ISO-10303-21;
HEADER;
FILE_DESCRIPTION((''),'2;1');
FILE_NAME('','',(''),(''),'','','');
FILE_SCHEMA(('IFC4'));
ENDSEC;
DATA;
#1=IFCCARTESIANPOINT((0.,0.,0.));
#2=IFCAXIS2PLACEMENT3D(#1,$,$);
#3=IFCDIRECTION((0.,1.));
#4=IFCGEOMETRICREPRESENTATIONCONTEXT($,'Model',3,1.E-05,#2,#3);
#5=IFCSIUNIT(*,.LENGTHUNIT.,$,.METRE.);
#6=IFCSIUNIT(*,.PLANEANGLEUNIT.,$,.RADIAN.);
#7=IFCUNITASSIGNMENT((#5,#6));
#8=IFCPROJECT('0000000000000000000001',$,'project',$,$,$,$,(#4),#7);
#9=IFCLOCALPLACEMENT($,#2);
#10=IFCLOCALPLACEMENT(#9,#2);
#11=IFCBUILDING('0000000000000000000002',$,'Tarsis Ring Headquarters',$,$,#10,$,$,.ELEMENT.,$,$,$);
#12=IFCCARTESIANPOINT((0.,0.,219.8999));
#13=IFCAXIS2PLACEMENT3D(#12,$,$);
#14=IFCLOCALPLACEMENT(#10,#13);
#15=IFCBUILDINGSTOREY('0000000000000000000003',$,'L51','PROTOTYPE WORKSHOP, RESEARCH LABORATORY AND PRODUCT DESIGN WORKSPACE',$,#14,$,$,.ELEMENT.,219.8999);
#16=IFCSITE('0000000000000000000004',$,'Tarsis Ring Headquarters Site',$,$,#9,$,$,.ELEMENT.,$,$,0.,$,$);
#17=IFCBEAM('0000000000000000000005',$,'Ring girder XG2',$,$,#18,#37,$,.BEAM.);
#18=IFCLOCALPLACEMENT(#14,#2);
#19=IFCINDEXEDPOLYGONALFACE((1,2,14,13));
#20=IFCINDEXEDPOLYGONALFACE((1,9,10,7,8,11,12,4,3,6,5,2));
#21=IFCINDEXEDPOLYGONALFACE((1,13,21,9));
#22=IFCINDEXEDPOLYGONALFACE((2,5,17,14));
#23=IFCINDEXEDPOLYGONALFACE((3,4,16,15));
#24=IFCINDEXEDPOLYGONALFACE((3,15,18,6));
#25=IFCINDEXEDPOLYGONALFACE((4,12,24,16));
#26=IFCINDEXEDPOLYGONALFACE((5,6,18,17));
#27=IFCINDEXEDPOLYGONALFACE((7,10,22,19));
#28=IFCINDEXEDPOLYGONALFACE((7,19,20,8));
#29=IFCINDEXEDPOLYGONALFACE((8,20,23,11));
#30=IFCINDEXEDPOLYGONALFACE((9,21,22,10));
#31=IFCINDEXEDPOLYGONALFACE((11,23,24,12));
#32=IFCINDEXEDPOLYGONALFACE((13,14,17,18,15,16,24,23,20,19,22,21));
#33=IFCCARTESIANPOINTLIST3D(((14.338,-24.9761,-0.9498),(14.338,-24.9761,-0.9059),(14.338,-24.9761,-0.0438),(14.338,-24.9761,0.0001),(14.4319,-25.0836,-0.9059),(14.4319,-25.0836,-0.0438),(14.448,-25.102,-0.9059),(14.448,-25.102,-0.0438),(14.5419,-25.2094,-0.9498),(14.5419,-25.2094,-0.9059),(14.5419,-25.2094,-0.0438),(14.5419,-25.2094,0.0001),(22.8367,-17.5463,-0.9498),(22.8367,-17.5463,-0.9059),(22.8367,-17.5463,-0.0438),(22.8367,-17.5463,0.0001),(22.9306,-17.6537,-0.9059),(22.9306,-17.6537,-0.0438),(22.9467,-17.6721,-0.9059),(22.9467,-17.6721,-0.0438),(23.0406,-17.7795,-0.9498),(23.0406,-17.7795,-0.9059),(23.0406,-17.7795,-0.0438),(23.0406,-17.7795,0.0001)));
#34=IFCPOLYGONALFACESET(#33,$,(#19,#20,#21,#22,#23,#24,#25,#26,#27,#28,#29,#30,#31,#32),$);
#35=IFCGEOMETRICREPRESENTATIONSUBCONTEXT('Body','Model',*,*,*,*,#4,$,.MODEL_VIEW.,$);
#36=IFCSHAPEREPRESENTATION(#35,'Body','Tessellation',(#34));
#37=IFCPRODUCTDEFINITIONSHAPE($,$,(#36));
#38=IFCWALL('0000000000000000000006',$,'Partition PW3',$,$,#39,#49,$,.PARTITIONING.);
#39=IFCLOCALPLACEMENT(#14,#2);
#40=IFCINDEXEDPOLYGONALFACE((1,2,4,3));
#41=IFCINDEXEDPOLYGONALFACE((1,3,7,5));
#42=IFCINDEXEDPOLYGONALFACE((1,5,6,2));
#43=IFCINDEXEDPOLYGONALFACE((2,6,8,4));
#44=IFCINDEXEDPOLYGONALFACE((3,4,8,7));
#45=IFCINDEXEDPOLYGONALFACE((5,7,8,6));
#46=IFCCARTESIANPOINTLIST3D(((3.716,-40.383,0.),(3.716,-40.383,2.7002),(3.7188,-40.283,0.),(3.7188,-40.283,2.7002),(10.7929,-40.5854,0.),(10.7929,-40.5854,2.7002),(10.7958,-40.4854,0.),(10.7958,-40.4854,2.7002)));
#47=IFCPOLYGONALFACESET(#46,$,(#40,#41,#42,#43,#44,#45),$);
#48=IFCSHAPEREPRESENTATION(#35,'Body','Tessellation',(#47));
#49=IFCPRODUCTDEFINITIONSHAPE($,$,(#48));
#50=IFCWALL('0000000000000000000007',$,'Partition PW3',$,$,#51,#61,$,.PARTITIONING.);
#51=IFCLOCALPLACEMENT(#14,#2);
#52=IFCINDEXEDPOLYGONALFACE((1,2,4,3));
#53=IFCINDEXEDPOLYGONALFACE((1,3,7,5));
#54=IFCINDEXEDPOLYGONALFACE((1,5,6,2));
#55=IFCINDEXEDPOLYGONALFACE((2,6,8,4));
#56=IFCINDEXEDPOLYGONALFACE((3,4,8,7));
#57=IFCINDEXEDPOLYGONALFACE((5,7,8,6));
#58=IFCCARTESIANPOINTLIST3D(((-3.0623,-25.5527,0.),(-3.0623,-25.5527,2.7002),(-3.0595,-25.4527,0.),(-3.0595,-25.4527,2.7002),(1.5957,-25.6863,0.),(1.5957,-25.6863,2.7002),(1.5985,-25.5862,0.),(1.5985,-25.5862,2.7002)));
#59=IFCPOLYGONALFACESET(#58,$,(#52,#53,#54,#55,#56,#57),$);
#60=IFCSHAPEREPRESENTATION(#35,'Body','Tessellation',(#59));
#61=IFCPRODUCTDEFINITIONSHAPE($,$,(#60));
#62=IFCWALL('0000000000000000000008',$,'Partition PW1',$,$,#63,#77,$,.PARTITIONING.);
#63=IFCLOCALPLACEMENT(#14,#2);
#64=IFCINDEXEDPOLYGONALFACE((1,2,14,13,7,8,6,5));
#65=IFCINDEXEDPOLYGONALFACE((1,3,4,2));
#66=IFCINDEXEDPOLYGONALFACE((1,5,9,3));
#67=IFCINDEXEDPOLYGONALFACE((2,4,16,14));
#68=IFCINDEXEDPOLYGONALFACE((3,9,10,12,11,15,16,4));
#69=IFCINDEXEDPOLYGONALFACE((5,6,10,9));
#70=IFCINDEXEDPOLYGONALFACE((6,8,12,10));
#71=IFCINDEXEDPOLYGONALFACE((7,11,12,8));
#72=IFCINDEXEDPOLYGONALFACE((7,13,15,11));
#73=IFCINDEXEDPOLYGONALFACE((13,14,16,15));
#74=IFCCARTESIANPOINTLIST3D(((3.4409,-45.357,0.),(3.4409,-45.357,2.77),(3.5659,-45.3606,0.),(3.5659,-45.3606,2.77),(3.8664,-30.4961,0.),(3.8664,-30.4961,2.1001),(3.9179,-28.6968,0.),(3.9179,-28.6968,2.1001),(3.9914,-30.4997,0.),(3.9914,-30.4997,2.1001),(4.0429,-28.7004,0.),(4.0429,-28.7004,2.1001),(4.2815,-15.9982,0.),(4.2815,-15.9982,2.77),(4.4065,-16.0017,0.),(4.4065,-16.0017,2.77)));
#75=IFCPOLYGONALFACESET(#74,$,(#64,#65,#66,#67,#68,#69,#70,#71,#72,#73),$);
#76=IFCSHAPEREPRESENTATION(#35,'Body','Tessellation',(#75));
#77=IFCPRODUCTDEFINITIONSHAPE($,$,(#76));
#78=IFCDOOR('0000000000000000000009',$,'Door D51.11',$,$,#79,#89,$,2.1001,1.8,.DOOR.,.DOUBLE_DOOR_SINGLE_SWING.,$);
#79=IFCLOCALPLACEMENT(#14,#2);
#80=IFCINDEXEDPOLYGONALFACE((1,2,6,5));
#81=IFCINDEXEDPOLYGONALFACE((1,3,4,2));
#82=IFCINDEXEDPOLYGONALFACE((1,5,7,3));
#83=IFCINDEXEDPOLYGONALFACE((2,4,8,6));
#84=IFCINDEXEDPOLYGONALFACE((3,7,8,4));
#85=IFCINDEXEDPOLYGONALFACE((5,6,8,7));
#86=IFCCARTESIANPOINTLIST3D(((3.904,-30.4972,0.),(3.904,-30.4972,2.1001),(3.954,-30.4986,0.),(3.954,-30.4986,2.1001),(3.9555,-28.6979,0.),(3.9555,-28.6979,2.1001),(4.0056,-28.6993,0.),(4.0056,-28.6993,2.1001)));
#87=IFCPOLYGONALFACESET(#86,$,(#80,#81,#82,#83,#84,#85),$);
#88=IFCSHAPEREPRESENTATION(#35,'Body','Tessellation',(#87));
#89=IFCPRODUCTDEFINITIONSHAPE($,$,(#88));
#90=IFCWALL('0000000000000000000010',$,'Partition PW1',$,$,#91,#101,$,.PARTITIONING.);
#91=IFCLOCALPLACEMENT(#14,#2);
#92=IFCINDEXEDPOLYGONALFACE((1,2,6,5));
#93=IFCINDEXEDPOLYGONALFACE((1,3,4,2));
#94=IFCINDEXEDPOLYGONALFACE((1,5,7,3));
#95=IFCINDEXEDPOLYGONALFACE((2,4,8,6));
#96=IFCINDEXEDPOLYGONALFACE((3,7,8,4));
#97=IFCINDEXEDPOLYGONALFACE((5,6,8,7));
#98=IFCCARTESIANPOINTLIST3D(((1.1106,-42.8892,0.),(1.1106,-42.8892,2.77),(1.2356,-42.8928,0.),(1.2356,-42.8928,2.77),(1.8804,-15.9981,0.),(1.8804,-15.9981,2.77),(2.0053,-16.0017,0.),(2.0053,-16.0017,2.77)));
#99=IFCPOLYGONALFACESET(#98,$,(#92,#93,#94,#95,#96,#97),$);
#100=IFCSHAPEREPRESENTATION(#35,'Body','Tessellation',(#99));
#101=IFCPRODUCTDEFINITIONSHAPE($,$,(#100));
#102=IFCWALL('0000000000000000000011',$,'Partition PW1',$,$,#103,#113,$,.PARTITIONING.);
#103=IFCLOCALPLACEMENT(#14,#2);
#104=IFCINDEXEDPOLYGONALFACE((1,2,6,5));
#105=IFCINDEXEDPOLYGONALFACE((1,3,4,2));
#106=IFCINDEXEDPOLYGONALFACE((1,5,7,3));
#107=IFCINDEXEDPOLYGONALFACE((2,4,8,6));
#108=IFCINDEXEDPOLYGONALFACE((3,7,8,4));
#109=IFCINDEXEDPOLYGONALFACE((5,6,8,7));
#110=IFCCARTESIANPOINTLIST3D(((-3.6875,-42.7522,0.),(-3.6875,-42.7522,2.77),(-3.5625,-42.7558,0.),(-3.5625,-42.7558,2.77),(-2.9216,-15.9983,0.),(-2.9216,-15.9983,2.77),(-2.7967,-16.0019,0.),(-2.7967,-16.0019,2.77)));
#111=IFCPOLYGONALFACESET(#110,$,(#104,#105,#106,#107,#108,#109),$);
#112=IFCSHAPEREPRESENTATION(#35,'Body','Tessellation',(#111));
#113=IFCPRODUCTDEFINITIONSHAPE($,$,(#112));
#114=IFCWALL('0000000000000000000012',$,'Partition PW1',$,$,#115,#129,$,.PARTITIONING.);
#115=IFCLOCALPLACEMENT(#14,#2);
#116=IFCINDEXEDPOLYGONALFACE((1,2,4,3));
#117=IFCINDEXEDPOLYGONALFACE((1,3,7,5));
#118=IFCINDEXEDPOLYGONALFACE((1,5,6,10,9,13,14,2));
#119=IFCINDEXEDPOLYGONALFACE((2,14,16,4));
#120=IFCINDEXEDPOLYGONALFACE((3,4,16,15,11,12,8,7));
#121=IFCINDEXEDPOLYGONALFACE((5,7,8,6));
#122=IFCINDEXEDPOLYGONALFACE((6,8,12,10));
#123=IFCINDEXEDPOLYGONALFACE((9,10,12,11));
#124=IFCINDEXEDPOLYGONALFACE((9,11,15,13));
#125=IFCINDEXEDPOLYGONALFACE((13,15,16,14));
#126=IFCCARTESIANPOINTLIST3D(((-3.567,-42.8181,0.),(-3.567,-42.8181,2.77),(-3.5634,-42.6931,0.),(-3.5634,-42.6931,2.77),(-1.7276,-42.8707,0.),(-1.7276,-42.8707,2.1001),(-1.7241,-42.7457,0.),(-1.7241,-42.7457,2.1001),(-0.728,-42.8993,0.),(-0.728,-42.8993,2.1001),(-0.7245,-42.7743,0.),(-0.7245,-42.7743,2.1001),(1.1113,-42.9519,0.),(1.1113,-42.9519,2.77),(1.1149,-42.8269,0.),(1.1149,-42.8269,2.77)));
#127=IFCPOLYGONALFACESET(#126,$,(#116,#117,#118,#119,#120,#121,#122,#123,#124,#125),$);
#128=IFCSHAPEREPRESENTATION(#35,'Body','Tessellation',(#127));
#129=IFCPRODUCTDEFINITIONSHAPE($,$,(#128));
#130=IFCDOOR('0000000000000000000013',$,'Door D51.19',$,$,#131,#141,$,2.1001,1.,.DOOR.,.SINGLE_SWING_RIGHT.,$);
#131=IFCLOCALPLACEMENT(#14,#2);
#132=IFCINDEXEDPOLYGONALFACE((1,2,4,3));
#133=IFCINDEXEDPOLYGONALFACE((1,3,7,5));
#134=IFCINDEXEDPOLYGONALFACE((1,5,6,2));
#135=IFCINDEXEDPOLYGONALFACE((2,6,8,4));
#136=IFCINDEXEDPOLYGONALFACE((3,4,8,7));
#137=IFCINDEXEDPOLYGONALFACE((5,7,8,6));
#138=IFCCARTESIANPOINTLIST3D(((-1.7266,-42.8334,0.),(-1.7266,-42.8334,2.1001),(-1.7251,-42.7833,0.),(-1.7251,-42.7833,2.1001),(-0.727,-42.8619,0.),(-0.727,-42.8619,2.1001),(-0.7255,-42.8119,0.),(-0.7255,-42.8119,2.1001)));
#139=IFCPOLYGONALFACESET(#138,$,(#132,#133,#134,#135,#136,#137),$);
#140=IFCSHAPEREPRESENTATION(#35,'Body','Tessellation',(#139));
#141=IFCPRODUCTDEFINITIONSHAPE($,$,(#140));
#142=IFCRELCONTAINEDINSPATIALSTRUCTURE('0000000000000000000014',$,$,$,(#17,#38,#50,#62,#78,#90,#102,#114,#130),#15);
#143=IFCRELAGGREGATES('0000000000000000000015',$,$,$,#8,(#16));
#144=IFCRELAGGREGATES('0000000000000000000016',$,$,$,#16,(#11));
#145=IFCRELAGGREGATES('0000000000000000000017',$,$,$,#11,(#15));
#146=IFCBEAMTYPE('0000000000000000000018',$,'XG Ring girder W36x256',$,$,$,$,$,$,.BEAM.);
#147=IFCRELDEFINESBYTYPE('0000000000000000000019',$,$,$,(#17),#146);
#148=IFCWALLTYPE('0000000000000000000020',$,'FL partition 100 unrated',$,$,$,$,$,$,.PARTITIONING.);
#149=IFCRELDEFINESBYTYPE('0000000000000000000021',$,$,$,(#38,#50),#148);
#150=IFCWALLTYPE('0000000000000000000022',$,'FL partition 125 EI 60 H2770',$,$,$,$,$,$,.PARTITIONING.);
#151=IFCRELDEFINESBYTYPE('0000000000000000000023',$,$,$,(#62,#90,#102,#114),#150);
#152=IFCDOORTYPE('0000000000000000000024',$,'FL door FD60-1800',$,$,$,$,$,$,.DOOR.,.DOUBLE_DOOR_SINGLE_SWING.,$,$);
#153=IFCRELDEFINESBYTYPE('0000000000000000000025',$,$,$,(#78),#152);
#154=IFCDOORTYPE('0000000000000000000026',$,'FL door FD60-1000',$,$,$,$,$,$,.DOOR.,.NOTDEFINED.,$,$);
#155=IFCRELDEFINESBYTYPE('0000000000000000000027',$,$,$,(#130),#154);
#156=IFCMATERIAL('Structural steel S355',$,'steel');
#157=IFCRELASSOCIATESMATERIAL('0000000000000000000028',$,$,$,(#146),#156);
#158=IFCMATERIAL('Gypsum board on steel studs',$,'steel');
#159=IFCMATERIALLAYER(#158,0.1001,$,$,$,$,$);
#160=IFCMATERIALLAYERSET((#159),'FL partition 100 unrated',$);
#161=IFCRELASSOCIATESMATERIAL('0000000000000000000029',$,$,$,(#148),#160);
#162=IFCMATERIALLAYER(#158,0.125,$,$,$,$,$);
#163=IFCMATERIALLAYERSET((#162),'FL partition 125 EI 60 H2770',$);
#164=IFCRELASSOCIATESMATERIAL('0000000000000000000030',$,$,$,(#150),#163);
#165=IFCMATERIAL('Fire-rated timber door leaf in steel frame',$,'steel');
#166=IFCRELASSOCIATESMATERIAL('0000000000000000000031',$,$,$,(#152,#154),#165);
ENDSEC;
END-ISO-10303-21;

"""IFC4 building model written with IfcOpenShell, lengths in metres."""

from ifc_helpers import new_model, si_unit, direction, frame, frame_2d, origin, origin_2d, place, context, subcontext, project, spatial, rectangle, i_section, extrude, material, layer, layer_set, material_profile, profile_set, type_object, element, fill, save


model = new_model("IFC4")

# Units and contexts
model_context = context("Model", 3, precision=1e-05, world=origin(), true_north=direction((0.0, 1.0)))
body_context = subcontext(model_context, "Body", "Model", "MODEL_VIEW")
ifc_project = project(units=[si_unit("LENGTHUNIT", "METRE"), si_unit("PLANEANGLEUNIT", "RADIAN")], contexts=[model_context])

# Site, building, storey
site_placement = place(None, origin())
site = spatial("IfcSite", under=ifc_project, at=site_placement, Name="Tarsis Ring Headquarters Site", CompositionType="ELEMENT", RefElevation=0.0)
building_placement = place(site_placement, origin())
building = spatial("IfcBuilding", under=site, at=building_placement, Name="Tarsis Ring Headquarters", CompositionType="ELEMENT")
storey_placement = place(building_placement, frame((0.0, 0.0, 219.8999)))
storey = spatial("IfcBuildingStorey", under=building, at=storey_placement, Name="L51", Description="PROTOTYPE WORKSHOP, RESEARCH LABORATORY AND PRODUCT DESIGN WORKSPACE", CompositionType="ELEMENT", Elevation=219.8999)

# Shared definitions
ifc_material_1 = material(Name="Structural steel S355", Category="steel")

# Beam
ifc_material_profile_1 = material_profile(ifc_material_1, i_section(OverallWidth=0.3098, OverallDepth=0.95, WebThickness=0.0244, FlangeThickness=0.0439, at=origin_2d()), Name="W36x256")
ifc_profile_set_1 = profile_set([ifc_material_profile_1], Name="Structural steel S355")
beam_type = type_object("IfcBeamType", Name="XG Ring girder W36x256", PredefinedType="BEAM", material=ifc_profile_set_1)
beam_1_placement = place(storey_placement, frame((14.4399, -25.0928, -0.4749), z_axis=(0.752862, 0.658178, 0.0), x_axis=(-0.658178, 0.752862, 0.0)))
element("IfcBeam", 1, at=beam_1_placement, inside=storey, type_object=beam_type, Name="Ring girder XG2", PredefinedType="BEAM", context=body_context, shape_type="SweptSolid", body=[
    extrude(i_section(OverallWidth=0.3098, OverallDepth=0.95, WebThickness=0.0244, FlangeThickness=0.0439, at=origin_2d()), origin(), (0.0, 0.0, 1.0), 11.2886),
])

# Walls
ifc_material_2 = material(Name="Gypsum board on steel studs", Category="steel")
ifc_layer_1 = layer(ifc_material_2, 0.1001)
ifc_layer_set_1 = layer_set([ifc_layer_1], Name="FL partition 100 unrated")
wall_type_1 = type_object("IfcWallType", Name="FL partition 100 unrated", PredefinedType="PARTITIONING", material=ifc_layer_set_1)
wall_1_placement = place(storey_placement, frame((3.7173, -40.333, 0.0), z_axis=(0.0, 0.0, 1.0), x_axis=(0.999591, -0.028587, 0.0)))
element("IfcWall", 2, at=wall_1_placement, inside=storey, type_object=wall_type_1, Name="Partition PW3", PredefinedType="PARTITIONING", context=body_context, shape_type="SweptSolid", body=[
    extrude(rectangle(XDim=7.0798, YDim=0.1001, at=frame_2d((3.54, 0.0))), origin(), (0.0, 0.0, 1.0), 2.7002),
])
wall_2_placement = place(storey_placement, frame((-3.061, -25.5027, 0.0), z_axis=(0.0, 0.0, 1.0), x_axis=(0.999589, -0.028658, 0.0)))
element("IfcWall", 3, at=wall_2_placement, inside=storey, type_object=wall_type_1, Name="Partition PW3", PredefinedType="PARTITIONING", context=body_context, shape_type="SweptSolid", body=[
    extrude(rectangle(XDim=4.6599, YDim=0.1001, at=frame_2d((2.3301, 0.0))), origin(), (0.0, 0.0, 1.0), 2.7002),
])

# Wall, opening, door
ifc_layer_2 = layer(ifc_material_2, 0.125)
ifc_layer_set_2 = layer_set([ifc_layer_2], Name="FL partition 125 EI 60 H2770")
wall_type_2 = type_object("IfcWallType", Name="FL partition 125 EI 60 H2770", PredefinedType="PARTITIONING", material=ifc_layer_set_2)
wall_3_placement = place(storey_placement, frame((3.5034, -45.3589, 0.0), z_axis=(0.0, 0.0, 1.0), x_axis=(0.028619, 0.99959, 0.0)))
wall_3 = element("IfcWall", 4, at=wall_3_placement, inside=storey, type_object=wall_type_2, Name="Partition PW1", PredefinedType="PARTITIONING", context=body_context, shape_type="SweptSolid", body=[
    extrude(rectangle(XDim=29.3708, YDim=0.125, at=frame_2d((14.6855, 0.0))), origin(), (0.0, 0.0, 1.0), 2.77),
])
opening_1_placement = place(wall_3_placement, frame((14.8672, 0.0, 0.0)))
opening_1 = element("IfcOpeningElement", 5, at=opening_1_placement, cuts=wall_3, PredefinedType="OPENING", context=body_context, shape_type="SweptSolid", body=[
    extrude(rectangle(XDim=1.8, YDim=2.1001, at=frame_2d((0.8999, 1.05))), frame((0.0, 0.0725, 0.0), z_axis=(0.0, -1.0, 0.0), x_axis=(1.0, 0.0, 0.0)), (0.0, 0.0, 1.0), 0.145),
])
ifc_material_3 = material(Name="Fire-rated timber door leaf in steel frame", Category="steel")
door_type_1 = type_object("IfcDoorType", Name="FL door FD60-1800", OperationType="DOUBLE_DOOR_SINGLE_SWING", PredefinedType="DOOR", material=ifc_material_3)
door_1_placement = place(opening_1_placement, origin())
door_1 = element("IfcDoor", 6, at=door_1_placement, inside=storey, type_object=door_type_1, Name="Door D51.11", OperationType="DOUBLE_DOOR_SINGLE_SWING", OverallHeight=2.1001, OverallWidth=1.8, PredefinedType="DOOR", context=body_context, shape_type="SweptSolid", body=[
    extrude(rectangle(XDim=1.8, YDim=2.1001, at=frame_2d((0.8999, 1.05))), frame((0.0, 0.0249, 0.0), z_axis=(0.0, -1.0, 0.0), x_axis=(1.0, 0.0, 0.0)), (0.0, 0.0, 1.0), 0.05),
])
fill(opening_1, door_1)

# Walls
wall_4_placement = place(storey_placement, frame((1.1731, -42.8911, 0.0), z_axis=(0.0, 0.0, 1.0), x_axis=(0.028614, 0.999591, 0.0)))
element("IfcWall", 7, at=wall_4_placement, inside=storey, type_object=wall_type_2, Name="Partition PW1", PredefinedType="PARTITIONING", context=body_context, shape_type="SweptSolid", body=[
    extrude(rectangle(XDim=26.9021, YDim=0.125, at=frame_2d((13.4512, 0.0))), origin(), (0.0, 0.0, 1.0), 2.77),
])
wall_5_placement = place(storey_placement, frame((-3.625, -42.7539, 0.0), z_axis=(0.0, 0.0, 1.0), x_axis=(0.028615, 0.999591, 0.0)))
element("IfcWall", 8, at=wall_5_placement, inside=storey, type_object=wall_type_2, Name="Partition PW1", PredefinedType="PARTITIONING", context=body_context, shape_type="SweptSolid", body=[
    extrude(rectangle(XDim=26.7649, YDim=0.125, at=frame_2d((13.3823, 0.0))), origin(), (0.0, 0.0, 1.0), 2.77),
])

# Wall, opening, door
wall_6_placement = place(storey_placement, frame((-3.5652, -42.7556, 0.0), z_axis=(0.0, 0.0, 1.0), x_axis=(0.999591, -0.028587, 0.0)))
wall_6 = element("IfcWall", 9, at=wall_6_placement, inside=storey, type_object=wall_type_2, Name="Partition PW1", PredefinedType="PARTITIONING", context=body_context, shape_type="SweptSolid", body=[
    extrude(rectangle(XDim=4.6802, YDim=0.125, at=frame_2d((2.3401, 0.0))), origin(), (0.0, 0.0, 1.0), 2.77),
])
opening_2_placement = place(wall_6_placement, frame((1.8401, 0.0, 0.0)))
opening_2 = element("IfcOpeningElement", 10, at=opening_2_placement, cuts=wall_6, PredefinedType="OPENING", context=body_context, shape_type="SweptSolid", body=[
    extrude(rectangle(XDim=1.0, YDim=2.1001, at=frame_2d((0.5, 1.05))), frame((0.0, 0.0725, 0.0), z_axis=(0.0, -1.0, 0.0), x_axis=(1.0, 0.0, 0.0)), (0.0, 0.0, 1.0), 0.145),
])
door_type_2 = type_object("IfcDoorType", Name="FL door FD60-1000", OperationType="NOTDEFINED", PredefinedType="DOOR", material=ifc_material_3)
door_2_placement = place(opening_2_placement, origin())
door_2 = element("IfcDoor", 11, at=door_2_placement, inside=storey, type_object=door_type_2, Name="Door D51.19", OperationType="SINGLE_SWING_RIGHT", OverallHeight=2.1001, OverallWidth=1.0, PredefinedType="DOOR", context=body_context, shape_type="SweptSolid", body=[
    extrude(rectangle(XDim=1.0, YDim=2.1001, at=frame_2d((0.5, 1.05))), frame((0.0, 0.0249, 0.0), z_axis=(0.0, -1.0, 0.0), x_axis=(1.0, 0.0, 0.0)), (0.0, 0.0, 1.0), 0.05),
])
fill(opening_2, door_2)

save(model, "model.ifc")
